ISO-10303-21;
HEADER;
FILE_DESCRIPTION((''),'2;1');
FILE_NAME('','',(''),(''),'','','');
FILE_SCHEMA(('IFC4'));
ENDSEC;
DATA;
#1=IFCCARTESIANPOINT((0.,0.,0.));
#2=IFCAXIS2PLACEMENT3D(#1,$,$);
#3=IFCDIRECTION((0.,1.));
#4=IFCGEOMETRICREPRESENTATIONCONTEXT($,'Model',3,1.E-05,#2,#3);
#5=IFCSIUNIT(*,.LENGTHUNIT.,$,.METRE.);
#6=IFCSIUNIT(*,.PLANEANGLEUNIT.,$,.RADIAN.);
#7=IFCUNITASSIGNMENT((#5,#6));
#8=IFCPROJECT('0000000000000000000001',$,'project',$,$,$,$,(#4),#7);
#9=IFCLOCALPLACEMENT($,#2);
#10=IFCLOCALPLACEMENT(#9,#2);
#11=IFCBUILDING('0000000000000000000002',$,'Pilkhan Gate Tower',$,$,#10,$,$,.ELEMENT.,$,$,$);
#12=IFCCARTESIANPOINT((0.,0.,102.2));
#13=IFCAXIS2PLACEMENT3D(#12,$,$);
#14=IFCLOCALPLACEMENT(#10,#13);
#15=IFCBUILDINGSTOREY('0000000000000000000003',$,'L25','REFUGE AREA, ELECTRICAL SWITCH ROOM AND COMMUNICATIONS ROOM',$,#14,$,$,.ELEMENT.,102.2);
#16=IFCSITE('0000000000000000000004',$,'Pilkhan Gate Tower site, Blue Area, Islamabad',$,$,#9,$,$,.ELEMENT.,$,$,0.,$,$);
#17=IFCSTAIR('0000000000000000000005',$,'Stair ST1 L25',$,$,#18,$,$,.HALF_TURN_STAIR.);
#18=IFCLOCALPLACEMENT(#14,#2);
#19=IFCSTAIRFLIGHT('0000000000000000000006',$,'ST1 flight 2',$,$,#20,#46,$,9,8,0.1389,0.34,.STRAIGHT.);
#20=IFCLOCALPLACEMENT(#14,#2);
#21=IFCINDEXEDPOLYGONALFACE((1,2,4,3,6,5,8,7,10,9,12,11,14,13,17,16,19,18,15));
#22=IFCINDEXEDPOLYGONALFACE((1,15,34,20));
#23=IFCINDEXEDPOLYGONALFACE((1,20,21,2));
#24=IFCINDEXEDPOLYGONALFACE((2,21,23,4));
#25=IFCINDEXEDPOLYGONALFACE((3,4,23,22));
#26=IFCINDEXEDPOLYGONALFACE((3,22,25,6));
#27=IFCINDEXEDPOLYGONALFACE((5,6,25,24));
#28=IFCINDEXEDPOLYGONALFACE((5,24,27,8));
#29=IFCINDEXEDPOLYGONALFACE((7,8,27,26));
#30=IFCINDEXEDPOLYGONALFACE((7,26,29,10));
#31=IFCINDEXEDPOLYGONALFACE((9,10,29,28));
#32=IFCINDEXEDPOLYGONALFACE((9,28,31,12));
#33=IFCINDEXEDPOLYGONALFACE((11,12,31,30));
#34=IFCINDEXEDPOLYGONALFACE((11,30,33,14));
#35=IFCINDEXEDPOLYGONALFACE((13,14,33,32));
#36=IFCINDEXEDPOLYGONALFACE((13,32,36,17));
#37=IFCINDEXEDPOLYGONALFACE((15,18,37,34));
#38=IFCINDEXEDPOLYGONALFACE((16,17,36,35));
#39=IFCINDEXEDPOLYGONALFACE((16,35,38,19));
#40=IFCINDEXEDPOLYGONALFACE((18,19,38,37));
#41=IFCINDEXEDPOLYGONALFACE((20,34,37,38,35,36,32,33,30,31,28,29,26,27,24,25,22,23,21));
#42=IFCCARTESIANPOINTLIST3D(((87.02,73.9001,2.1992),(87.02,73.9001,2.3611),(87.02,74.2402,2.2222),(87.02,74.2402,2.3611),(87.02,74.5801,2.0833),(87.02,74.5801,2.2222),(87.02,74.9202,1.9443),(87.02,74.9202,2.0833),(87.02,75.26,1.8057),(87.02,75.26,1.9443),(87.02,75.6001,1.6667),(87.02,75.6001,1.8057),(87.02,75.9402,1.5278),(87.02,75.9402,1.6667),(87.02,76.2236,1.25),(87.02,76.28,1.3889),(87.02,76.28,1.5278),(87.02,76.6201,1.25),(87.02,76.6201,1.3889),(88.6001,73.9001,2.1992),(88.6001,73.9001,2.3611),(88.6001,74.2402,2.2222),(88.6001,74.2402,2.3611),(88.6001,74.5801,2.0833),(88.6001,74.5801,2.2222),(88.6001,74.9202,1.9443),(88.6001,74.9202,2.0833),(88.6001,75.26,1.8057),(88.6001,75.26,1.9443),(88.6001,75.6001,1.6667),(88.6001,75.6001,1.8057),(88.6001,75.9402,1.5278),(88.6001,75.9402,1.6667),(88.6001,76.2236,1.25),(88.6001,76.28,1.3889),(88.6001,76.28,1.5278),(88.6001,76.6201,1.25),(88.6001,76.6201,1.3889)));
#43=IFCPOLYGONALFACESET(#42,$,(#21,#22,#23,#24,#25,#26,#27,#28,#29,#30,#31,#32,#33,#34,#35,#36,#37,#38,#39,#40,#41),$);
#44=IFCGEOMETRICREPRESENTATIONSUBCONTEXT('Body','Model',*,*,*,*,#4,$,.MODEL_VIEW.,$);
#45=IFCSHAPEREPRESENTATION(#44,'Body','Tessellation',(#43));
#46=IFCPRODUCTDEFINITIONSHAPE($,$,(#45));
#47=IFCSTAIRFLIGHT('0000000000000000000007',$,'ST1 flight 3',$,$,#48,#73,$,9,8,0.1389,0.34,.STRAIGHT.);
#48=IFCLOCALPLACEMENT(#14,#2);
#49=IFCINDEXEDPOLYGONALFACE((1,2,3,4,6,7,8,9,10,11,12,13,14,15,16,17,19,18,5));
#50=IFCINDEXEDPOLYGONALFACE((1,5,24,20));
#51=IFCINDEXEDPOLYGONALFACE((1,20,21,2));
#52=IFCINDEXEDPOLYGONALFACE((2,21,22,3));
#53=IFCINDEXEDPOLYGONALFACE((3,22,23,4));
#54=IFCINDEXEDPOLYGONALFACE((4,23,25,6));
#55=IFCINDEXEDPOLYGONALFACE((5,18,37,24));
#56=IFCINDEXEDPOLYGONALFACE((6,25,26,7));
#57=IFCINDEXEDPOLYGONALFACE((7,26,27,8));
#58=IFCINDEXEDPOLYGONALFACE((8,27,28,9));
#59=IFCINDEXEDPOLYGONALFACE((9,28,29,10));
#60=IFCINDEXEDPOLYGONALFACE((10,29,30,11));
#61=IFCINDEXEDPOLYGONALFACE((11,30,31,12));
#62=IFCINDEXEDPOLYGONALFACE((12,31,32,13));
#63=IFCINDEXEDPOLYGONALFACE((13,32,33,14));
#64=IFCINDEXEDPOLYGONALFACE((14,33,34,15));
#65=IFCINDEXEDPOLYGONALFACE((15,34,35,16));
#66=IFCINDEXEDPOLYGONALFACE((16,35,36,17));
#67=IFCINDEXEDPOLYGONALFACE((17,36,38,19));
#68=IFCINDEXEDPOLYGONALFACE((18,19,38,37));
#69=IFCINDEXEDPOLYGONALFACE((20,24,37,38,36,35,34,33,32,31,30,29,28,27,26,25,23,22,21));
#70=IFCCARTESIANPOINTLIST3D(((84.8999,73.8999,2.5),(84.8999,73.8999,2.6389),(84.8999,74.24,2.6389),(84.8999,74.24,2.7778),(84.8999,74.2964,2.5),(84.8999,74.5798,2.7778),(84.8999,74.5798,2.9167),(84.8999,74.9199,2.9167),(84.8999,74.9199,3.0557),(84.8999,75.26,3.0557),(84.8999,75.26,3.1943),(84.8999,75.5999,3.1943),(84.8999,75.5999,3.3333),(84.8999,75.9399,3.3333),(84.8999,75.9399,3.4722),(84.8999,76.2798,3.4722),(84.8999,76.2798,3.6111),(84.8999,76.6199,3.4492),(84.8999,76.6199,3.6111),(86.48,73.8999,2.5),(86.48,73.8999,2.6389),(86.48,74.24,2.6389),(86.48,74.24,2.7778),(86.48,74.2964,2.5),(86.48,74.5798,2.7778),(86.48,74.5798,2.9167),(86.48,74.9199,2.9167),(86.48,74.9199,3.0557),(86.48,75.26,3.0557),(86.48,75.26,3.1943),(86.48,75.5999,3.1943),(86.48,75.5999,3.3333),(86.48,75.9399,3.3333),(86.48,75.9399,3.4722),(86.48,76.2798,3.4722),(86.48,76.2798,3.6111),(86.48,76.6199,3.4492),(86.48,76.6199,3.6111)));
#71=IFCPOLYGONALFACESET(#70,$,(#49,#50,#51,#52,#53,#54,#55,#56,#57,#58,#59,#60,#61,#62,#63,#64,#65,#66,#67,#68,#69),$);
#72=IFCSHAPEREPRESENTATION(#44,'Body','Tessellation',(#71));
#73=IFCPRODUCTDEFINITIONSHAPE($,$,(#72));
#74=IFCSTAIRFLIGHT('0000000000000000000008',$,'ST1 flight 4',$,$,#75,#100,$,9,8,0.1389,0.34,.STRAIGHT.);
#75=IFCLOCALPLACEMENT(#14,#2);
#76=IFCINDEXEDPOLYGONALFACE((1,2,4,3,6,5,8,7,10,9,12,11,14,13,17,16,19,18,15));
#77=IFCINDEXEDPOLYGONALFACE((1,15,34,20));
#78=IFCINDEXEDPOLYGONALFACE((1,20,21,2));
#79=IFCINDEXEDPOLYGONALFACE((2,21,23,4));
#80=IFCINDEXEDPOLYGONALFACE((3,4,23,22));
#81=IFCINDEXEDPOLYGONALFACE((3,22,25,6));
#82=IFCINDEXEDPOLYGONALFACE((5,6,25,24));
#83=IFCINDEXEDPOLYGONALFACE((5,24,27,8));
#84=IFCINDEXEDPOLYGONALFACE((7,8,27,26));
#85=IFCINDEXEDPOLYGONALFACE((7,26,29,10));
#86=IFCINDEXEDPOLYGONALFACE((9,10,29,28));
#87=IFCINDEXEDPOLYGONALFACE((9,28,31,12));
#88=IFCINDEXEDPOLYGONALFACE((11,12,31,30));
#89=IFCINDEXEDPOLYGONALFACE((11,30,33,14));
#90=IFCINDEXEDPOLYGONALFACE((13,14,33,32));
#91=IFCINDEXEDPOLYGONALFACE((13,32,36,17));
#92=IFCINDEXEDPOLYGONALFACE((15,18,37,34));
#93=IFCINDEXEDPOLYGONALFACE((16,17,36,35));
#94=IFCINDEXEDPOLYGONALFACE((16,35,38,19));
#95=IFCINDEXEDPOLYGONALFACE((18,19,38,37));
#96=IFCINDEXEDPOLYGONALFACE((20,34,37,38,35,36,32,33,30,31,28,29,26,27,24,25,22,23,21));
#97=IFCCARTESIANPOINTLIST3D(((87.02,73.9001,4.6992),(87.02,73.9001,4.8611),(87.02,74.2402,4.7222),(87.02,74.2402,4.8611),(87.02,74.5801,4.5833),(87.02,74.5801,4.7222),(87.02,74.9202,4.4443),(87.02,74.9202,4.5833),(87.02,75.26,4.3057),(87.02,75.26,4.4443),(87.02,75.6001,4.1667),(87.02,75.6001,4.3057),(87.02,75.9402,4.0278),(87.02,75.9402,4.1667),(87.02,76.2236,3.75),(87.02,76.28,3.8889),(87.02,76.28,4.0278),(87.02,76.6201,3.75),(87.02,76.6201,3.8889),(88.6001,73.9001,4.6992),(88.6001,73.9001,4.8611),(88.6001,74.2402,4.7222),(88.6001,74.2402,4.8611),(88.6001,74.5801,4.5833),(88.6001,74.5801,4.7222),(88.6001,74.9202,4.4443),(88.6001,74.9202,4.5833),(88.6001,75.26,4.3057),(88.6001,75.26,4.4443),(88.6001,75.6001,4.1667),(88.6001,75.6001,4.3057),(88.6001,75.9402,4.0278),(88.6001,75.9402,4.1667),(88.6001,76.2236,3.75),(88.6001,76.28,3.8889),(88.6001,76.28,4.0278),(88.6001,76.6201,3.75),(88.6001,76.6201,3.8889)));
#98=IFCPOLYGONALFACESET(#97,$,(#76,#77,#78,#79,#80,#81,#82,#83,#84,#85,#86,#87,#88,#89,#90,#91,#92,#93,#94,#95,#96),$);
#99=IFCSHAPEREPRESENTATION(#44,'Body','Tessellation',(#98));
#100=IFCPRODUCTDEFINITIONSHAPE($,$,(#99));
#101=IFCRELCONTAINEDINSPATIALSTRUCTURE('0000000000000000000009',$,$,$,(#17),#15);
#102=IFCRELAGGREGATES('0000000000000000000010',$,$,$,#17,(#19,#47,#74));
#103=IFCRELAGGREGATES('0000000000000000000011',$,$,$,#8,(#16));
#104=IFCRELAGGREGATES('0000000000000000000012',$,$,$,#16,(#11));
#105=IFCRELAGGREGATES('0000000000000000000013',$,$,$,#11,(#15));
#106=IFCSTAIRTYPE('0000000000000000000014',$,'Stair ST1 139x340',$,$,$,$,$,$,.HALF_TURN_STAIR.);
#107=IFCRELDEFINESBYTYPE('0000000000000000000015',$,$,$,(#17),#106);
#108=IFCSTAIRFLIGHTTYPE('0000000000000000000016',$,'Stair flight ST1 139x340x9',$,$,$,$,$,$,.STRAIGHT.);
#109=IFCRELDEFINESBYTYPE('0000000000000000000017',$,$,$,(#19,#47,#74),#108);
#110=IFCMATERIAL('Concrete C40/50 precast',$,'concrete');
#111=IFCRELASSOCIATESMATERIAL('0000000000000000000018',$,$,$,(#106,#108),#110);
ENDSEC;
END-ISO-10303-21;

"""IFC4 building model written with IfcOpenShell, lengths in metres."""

from ifc_helpers import new_model, si_unit, direction, frame, origin, place, context, subcontext, project, spatial, polyline, outline, extrude, material, type_object, element, aggregate, save


model = new_model("IFC4")

# Units and contexts
model_context = context("Model", 3, precision=1e-05, world=origin(), true_north=direction((0.0, 1.0)))
body_context = subcontext(model_context, "Body", "Model", "MODEL_VIEW")
ifc_project = project(units=[si_unit("LENGTHUNIT", "METRE"), si_unit("PLANEANGLEUNIT", "RADIAN")], contexts=[model_context])

# Site, building, storey
site_placement = place(None, origin())
site = spatial("IfcSite", under=ifc_project, at=site_placement, Name="Pilkhan Gate Tower site, Blue Area, Islamabad", CompositionType="ELEMENT", RefElevation=0.0)
building_placement = place(site_placement, origin())
building = spatial("IfcBuilding", under=site, at=building_placement, Name="Pilkhan Gate Tower", CompositionType="ELEMENT")
storey_placement = place(building_placement, frame((0.0, 0.0, 102.2)))
storey = spatial("IfcBuildingStorey", under=building, at=storey_placement, Name="L25", Description="REFUGE AREA, ELECTRICAL SWITCH ROOM AND COMMUNICATIONS ROOM", CompositionType="ELEMENT", Elevation=102.2)

# Stair, stair flights
ifc_material_1 = material(Name="Concrete C40/50 precast", Category="concrete")
stair_type = type_object("IfcStairType", Name="Stair ST1 139x340", PredefinedType="HALF_TURN_STAIR", material=ifc_material_1)
stair_placement = place(storey_placement, origin())
stair = element("IfcStair", 1, at=stair_placement, inside=storey, type_object=stair_type, Name="Stair ST1 L25", PredefinedType="HALF_TURN_STAIR")
stair_flight_type = type_object("IfcStairFlightType", Name="Stair flight ST1 139x340x9", PredefinedType="STRAIGHT", material=ifc_material_1)
stair_flight_1_placement = place(storey_placement, frame((87.8101, 76.6201, 1.25), z_axis=(0.0, 0.0, 1.0), x_axis=(0.0, -1.0, 0.0)))
stair_flight_1 = element("IfcStairFlight", 2, at=stair_flight_1_placement, type_object=stair_flight_type, Name="ST1 flight 2", NumberOfRisers=9, NumberOfTreads=8, PredefinedType="STRAIGHT", RiserHeight=0.1389, TreadLength=0.34, context=body_context, shape_type="SweptSolid", body=[
    extrude(outline(polyline([(0.0, 0.0), (0.0, 0.1389), (0.3401, 0.1389), (0.3401, 0.2778), (0.6799, 0.2778), (0.6799, 0.4167), (1.02, 0.4167), (1.02, 0.5557), (1.3601, 0.5557), (1.3601, 0.6943), (1.7, 0.6943), (1.7, 0.8333), (2.04, 0.8333), (2.04, 0.9722), (2.3799, 0.9722), (2.3799, 1.1111), (2.72, 1.1111), (2.72, 1.25), (2.72, 0.9492), (0.3965, 0.0), (0.0, 0.0)])), frame((0.0, 0.79, 0.0), z_axis=(0.0, -1.0, 0.0), x_axis=(1.0, 0.0, 0.0)), (0.0, 0.0, 1.0), 1.5801),
])
stair_flight_2_placement = place(storey_placement, frame((85.6899, 73.8999, 2.5), z_axis=(0.0, 0.0, 1.0), x_axis=(0.0, 1.0, 0.0)))
stair_flight_2 = element("IfcStairFlight", 3, at=stair_flight_2_placement, type_object=stair_flight_type, Name="ST1 flight 3", NumberOfRisers=9, NumberOfTreads=8, PredefinedType="STRAIGHT", RiserHeight=0.1389, TreadLength=0.34, context=body_context, shape_type="SweptSolid", body=[
    extrude(outline(polyline([(0.0, 0.0), (0.0, 0.1389), (0.3401, 0.1389), (0.3401, 0.2778), (0.6799, 0.2778), (0.6799, 0.4167), (1.02, 0.4167), (1.02, 0.5557), (1.3601, 0.5557), (1.3601, 0.6943), (1.7, 0.6943), (1.7, 0.8333), (2.04, 0.8333), (2.04, 0.9722), (2.3799, 0.9722), (2.3799, 1.1111), (2.72, 1.1111), (2.72, 1.25), (2.72, 0.9492), (0.3965, 0.0), (0.0, 0.0)])), frame((0.0, 0.79, 0.0), z_axis=(0.0, -1.0, 0.0), x_axis=(1.0, 0.0, 0.0)), (0.0, 0.0, 1.0), 1.5801),
])
stair_flight_3_placement = place(storey_placement, frame((87.8101, 76.6201, 3.75), z_axis=(0.0, 0.0, 1.0), x_axis=(0.0, -1.0, 0.0)))
stair_flight_3 = element("IfcStairFlight", 4, at=stair_flight_3_placement, type_object=stair_flight_type, Name="ST1 flight 4", NumberOfRisers=9, NumberOfTreads=8, PredefinedType="STRAIGHT", RiserHeight=0.1389, TreadLength=0.34, context=body_context, shape_type="SweptSolid", body=[
    extrude(outline(polyline([(0.0, 0.0), (0.0, 0.1389), (0.3401, 0.1389), (0.3401, 0.2778), (0.6799, 0.2778), (0.6799, 0.4167), (1.02, 0.4167), (1.02, 0.5557), (1.3601, 0.5557), (1.3601, 0.6943), (1.7, 0.6943), (1.7, 0.8333), (2.04, 0.8333), (2.04, 0.9722), (2.3799, 0.9722), (2.3799, 1.1111), (2.72, 1.1111), (2.72, 1.25), (2.72, 0.9492), (0.3965, 0.0), (0.0, 0.0)])), frame((0.0, 0.79, 0.0), z_axis=(0.0, -1.0, 0.0), x_axis=(1.0, 0.0, 0.0)), (0.0, 0.0, 1.0), 1.5801),
])
aggregate(stair, [stair_flight_1, stair_flight_2, stair_flight_3])

save(model, "model.ifc")
